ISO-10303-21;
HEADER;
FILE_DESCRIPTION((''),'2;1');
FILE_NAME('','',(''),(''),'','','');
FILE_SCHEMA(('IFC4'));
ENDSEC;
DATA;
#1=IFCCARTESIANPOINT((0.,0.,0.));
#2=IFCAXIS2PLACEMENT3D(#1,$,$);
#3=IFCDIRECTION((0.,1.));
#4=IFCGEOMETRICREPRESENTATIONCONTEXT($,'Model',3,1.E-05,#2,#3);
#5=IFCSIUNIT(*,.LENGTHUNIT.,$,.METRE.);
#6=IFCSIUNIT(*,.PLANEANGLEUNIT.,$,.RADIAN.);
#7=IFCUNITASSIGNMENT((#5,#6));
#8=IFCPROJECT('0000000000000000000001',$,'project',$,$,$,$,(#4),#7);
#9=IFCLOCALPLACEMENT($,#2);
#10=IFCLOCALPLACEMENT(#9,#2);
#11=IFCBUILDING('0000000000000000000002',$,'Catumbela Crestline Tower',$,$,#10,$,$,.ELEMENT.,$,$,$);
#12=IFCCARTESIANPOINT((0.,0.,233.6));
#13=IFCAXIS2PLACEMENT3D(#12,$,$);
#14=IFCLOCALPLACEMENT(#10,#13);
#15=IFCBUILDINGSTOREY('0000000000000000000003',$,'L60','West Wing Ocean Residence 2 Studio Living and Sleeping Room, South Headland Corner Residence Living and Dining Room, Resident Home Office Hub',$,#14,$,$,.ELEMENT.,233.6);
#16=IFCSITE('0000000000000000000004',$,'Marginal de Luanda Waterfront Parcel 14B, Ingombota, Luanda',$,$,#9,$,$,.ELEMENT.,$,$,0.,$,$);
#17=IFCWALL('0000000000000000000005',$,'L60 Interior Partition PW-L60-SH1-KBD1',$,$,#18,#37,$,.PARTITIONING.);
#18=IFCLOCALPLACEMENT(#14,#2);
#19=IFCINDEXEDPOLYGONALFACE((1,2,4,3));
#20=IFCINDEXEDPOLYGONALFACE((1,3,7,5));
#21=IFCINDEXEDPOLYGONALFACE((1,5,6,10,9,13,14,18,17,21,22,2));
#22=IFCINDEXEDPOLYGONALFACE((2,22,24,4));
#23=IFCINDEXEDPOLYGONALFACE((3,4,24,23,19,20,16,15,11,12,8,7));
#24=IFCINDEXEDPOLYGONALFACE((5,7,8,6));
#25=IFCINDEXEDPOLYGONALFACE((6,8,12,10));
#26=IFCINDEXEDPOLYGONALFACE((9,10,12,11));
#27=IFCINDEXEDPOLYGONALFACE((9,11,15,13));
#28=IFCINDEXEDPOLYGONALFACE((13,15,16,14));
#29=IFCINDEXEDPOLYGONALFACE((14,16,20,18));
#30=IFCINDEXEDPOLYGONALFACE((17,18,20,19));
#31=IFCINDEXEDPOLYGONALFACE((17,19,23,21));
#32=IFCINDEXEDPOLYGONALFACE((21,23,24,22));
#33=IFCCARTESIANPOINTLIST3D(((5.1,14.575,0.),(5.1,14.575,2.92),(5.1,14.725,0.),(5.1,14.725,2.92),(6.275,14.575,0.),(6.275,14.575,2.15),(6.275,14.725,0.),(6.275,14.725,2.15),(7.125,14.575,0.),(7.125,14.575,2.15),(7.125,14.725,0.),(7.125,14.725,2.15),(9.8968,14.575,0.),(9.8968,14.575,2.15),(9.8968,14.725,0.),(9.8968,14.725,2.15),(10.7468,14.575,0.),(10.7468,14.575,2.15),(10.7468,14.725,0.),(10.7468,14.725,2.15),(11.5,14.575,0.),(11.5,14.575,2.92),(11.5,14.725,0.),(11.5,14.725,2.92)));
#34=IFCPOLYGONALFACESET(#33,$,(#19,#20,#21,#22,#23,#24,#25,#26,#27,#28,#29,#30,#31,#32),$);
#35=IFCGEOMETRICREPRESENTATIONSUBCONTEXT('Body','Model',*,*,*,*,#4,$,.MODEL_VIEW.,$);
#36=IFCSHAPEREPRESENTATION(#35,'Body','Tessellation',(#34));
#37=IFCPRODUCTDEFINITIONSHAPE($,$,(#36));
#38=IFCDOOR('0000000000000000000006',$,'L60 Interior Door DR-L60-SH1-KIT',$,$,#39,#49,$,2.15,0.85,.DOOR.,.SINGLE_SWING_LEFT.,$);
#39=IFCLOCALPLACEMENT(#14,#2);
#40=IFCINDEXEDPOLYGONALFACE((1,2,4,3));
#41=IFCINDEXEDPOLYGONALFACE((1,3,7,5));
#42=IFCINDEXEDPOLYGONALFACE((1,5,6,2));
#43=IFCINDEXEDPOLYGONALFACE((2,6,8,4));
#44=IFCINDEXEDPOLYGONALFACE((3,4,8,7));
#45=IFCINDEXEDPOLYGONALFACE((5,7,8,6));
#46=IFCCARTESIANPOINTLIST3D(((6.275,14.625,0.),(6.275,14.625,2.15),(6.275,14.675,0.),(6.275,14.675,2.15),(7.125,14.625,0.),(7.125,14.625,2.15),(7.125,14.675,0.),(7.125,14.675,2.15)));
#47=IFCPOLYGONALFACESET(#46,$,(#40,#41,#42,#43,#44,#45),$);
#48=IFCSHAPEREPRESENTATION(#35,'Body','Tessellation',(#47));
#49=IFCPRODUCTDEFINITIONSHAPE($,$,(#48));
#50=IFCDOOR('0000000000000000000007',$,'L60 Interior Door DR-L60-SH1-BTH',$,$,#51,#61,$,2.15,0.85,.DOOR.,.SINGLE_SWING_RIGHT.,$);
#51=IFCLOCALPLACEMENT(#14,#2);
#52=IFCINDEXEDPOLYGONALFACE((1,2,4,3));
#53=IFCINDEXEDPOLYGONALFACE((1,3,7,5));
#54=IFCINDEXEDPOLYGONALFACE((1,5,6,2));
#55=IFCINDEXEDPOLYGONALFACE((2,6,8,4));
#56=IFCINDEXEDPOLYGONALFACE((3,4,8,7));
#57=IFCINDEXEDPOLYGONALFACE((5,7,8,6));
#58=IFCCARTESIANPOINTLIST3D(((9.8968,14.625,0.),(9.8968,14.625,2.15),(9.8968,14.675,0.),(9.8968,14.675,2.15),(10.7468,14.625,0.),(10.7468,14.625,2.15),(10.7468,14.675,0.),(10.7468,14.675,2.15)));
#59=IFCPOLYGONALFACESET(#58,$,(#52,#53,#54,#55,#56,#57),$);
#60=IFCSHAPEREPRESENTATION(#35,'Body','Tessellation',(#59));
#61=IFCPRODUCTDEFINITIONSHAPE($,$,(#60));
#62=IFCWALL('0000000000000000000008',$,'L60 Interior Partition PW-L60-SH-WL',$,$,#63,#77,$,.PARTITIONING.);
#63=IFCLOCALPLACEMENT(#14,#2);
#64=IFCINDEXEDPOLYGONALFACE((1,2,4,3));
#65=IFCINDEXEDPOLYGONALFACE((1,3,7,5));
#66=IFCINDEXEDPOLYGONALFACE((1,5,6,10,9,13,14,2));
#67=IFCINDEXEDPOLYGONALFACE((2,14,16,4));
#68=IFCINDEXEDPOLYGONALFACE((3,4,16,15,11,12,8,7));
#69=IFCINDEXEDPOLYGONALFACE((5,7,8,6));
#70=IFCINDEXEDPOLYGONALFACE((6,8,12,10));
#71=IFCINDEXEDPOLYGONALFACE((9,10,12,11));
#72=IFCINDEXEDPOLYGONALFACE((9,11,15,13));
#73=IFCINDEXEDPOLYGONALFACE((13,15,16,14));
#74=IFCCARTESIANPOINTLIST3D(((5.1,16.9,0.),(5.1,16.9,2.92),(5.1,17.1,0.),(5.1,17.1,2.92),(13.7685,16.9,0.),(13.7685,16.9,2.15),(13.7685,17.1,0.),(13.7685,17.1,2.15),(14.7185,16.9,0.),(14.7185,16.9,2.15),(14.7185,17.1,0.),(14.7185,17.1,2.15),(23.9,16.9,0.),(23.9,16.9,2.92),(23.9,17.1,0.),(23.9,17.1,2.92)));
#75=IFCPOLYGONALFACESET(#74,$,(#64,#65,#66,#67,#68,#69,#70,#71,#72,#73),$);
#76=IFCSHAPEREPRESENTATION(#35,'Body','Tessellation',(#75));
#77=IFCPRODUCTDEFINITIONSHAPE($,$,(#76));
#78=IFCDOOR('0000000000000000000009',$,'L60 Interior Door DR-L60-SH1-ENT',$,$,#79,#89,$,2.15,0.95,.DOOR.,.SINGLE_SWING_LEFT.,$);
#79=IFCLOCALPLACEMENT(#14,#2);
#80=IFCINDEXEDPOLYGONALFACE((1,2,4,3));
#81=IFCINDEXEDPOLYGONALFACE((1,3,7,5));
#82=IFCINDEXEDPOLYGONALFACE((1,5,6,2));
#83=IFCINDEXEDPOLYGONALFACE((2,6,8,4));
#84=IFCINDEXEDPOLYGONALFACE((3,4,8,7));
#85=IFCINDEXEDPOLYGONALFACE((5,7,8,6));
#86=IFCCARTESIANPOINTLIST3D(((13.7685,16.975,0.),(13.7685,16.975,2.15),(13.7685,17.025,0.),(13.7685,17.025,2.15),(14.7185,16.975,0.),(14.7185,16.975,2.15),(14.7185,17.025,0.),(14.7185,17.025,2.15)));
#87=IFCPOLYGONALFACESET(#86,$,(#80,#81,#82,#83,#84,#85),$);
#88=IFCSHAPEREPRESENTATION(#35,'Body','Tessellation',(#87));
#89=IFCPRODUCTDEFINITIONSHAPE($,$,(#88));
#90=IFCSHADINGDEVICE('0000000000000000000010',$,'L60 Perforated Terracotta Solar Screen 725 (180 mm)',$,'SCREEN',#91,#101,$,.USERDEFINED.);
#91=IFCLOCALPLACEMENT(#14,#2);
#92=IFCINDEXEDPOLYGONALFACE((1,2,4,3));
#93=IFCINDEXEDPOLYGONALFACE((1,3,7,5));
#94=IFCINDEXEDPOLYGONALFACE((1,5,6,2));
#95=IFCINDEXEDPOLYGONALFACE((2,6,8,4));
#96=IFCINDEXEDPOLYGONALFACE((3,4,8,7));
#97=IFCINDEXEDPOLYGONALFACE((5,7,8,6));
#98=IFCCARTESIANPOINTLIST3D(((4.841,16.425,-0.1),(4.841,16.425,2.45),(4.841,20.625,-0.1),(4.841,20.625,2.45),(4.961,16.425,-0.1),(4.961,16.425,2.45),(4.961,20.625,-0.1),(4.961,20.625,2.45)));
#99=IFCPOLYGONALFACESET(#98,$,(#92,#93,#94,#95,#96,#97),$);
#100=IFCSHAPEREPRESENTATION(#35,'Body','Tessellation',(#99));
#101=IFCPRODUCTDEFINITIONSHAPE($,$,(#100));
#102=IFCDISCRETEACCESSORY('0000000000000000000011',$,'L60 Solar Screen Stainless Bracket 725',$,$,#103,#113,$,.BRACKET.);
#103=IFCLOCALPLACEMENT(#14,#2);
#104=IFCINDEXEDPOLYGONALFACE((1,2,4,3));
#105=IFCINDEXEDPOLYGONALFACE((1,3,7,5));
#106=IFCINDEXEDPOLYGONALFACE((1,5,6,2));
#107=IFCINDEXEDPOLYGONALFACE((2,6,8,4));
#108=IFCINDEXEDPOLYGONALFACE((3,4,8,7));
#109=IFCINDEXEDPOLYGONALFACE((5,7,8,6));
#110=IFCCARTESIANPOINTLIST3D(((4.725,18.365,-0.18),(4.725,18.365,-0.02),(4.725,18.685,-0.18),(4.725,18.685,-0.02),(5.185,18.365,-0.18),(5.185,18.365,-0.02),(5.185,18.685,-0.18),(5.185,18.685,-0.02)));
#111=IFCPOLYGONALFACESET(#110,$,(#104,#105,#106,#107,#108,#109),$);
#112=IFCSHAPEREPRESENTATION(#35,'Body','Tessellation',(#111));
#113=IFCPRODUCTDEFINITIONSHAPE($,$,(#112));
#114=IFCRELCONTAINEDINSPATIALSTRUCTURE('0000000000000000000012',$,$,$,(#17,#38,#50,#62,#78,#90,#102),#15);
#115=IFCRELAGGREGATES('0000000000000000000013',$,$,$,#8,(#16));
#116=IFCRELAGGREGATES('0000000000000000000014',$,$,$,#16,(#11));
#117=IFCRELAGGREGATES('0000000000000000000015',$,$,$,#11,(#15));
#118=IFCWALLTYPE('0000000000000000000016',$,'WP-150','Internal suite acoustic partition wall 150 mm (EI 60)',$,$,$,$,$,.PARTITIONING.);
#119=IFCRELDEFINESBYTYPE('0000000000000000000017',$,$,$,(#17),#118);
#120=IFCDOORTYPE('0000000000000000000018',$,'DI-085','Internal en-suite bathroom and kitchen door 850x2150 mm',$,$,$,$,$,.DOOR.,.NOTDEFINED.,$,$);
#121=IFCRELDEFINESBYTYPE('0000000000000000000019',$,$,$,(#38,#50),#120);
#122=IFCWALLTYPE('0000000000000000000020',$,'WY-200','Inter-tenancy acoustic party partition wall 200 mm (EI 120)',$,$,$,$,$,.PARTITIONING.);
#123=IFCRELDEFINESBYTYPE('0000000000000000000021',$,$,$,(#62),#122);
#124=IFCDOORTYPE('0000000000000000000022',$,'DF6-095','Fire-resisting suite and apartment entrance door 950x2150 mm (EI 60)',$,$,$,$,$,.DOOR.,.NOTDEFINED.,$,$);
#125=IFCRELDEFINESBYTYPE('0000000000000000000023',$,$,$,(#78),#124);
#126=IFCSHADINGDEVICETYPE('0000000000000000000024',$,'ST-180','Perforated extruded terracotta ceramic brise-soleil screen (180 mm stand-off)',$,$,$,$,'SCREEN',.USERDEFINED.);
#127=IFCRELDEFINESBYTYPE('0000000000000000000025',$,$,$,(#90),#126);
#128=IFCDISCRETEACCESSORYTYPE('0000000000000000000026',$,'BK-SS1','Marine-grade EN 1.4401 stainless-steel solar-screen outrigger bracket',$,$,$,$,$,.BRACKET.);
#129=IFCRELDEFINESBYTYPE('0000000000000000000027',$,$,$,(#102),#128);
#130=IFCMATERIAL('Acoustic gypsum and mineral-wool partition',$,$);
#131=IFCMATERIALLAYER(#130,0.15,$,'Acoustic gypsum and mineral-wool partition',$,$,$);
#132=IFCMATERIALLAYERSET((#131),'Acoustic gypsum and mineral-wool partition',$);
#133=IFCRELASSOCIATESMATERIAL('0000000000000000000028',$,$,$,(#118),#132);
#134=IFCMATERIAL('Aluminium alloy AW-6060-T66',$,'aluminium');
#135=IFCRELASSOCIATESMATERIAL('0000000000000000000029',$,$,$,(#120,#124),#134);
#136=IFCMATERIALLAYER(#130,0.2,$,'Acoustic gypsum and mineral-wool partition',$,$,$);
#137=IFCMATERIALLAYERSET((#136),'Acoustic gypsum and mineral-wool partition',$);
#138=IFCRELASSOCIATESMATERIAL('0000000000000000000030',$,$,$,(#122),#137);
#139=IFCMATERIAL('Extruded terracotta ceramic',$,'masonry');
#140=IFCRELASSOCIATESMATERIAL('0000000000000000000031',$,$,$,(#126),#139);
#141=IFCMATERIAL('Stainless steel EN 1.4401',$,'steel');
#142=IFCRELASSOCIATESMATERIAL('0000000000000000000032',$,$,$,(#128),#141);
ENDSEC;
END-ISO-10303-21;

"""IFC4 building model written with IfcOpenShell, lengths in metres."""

from ifc_helpers import new_model, si_unit, direction, frame, frame_2d, origin, origin_2d, place, context, subcontext, project, spatial, rectangle, extrude, material, layer, layer_set, type_object, element, fill, save


model = new_model("IFC4")

# Units and contexts
model_context = context("Model", 3, precision=1e-05, world=origin(), true_north=direction((0.0, 1.0)))
body_context = subcontext(model_context, "Body", "Model", "MODEL_VIEW")
ifc_project = project(units=[si_unit("LENGTHUNIT", "METRE"), si_unit("PLANEANGLEUNIT", "RADIAN")], contexts=[model_context])

# Site, building, storey
site_placement = place(None, origin())
site = spatial("IfcSite", under=ifc_project, at=site_placement, Name="Marginal de Luanda Waterfront Parcel 14B, Ingombota, Luanda", CompositionType="ELEMENT", RefElevation=0.0)
building_placement = place(site_placement, origin())
building = spatial("IfcBuilding", under=site, at=building_placement, Name="Catumbela Crestline Tower", CompositionType="ELEMENT")
storey_placement = place(building_placement, frame((0.0, 0.0, 233.6)))
storey = spatial("IfcBuildingStorey", under=building, at=storey_placement, Name="L60", Description="West Wing Ocean Residence 2 Studio Living and Sleeping Room, South Headland Corner Residence Living and Dining Room, Resident Home Office Hub", CompositionType="ELEMENT", Elevation=233.6)

# Shared definitions
ifc_material_1 = material(Name="Aluminium alloy AW-6060-T66", Category="aluminium")

# Shared definitions
ifc_material_2 = material(Name="Acoustic gypsum and mineral-wool partition")
ifc_layer_1 = layer(ifc_material_2, 0.15, Name="Acoustic gypsum and mineral-wool partition")
ifc_layer_set_1 = layer_set([ifc_layer_1], Name="Acoustic gypsum and mineral-wool partition")
wall_type_1 = type_object("IfcWallType", Name="WP-150", Description="Internal suite acoustic partition wall 150 mm (EI 60)", PredefinedType="PARTITIONING", material=ifc_layer_set_1)

# Wall, openings, doors
wall_1_placement = place(storey_placement, frame((5.1, 14.65, 0.0), z_axis=(0.0, 0.0, 1.0), x_axis=(1.0, 0.0, 0.0)))
wall_1 = element("IfcWall", 1, at=wall_1_placement, inside=storey, type_object=wall_type_1, Name="L60 Interior Partition PW-L60-SH1-KBD1", PredefinedType="PARTITIONING", context=body_context, shape_type="SweptSolid", body=[
    extrude(rectangle(XDim=6.4, YDim=0.15, at=frame_2d((3.2, 0.0))), origin(), (0.0, 0.0, 1.0), 2.92),
])
opening_1_placement = place(wall_1_placement, frame((1.175, 0.0, 0.0)))
opening_1 = element("IfcOpeningElement", 2, at=opening_1_placement, cuts=wall_1, PredefinedType="OPENING", context=body_context, shape_type="SweptSolid", body=[
    extrude(rectangle(XDim=0.85, YDim=2.15, at=frame_2d((0.425, 1.075))), frame((0.0, 0.085, 0.0), z_axis=(0.0, -1.0, 0.0), x_axis=(1.0, 0.0, 0.0)), (0.0, 0.0, 1.0), 0.17),
])
opening_2_placement = place(wall_1_placement, frame((4.7968, 0.0, 0.0)))
opening_2 = element("IfcOpeningElement", 3, at=opening_2_placement, cuts=wall_1, PredefinedType="OPENING", context=body_context, shape_type="SweptSolid", body=[
    extrude(rectangle(XDim=0.85, YDim=2.15, at=frame_2d((0.425, 1.075))), frame((0.0, 0.085, 0.0), z_axis=(0.0, -1.0, 0.0), x_axis=(1.0, 0.0, 0.0)), (0.0, 0.0, 1.0), 0.17),
])
door_type_1 = type_object("IfcDoorType", Name="DI-085", Description="Internal en-suite bathroom and kitchen door 850x2150 mm", OperationType="NOTDEFINED", PredefinedType="DOOR", material=ifc_material_1)
door_1_placement = place(opening_1_placement, origin())
door_1 = element("IfcDoor", 4, at=door_1_placement, inside=storey, type_object=door_type_1, Name="L60 Interior Door DR-L60-SH1-KIT", OperationType="SINGLE_SWING_LEFT", OverallHeight=2.15, OverallWidth=0.85, PredefinedType="DOOR", context=body_context, shape_type="SweptSolid", body=[
    extrude(rectangle(XDim=0.85, YDim=2.15, at=frame_2d((0.425, 1.075))), frame((0.0, 0.025, 0.0), z_axis=(0.0, -1.0, 0.0), x_axis=(1.0, 0.0, 0.0)), (0.0, 0.0, 1.0), 0.05),
])
fill(opening_1, door_1)
door_2_placement = place(opening_2_placement, origin())
door_2 = element("IfcDoor", 5, at=door_2_placement, inside=storey, type_object=door_type_1, Name="L60 Interior Door DR-L60-SH1-BTH", OperationType="SINGLE_SWING_RIGHT", OverallHeight=2.15, OverallWidth=0.85, PredefinedType="DOOR", context=body_context, shape_type="SweptSolid", body=[
    extrude(rectangle(XDim=0.85, YDim=2.15, at=frame_2d((0.425, 1.075))), frame((0.0, 0.025, 0.0), z_axis=(0.0, -1.0, 0.0), x_axis=(1.0, 0.0, 0.0)), (0.0, 0.0, 1.0), 0.05),
])
fill(opening_2, door_2)

# Wall, opening, door
ifc_layer_2 = layer(ifc_material_2, 0.2, Name="Acoustic gypsum and mineral-wool partition")
ifc_layer_set_2 = layer_set([ifc_layer_2], Name="Acoustic gypsum and mineral-wool partition")
wall_type_2 = type_object("IfcWallType", Name="WY-200", Description="Inter-tenancy acoustic party partition wall 200 mm (EI 120)", PredefinedType="PARTITIONING", material=ifc_layer_set_2)
wall_2_placement = place(storey_placement, frame((5.1, 17.0, 0.0), z_axis=(0.0, 0.0, 1.0), x_axis=(1.0, 0.0, 0.0)))
wall_2 = element("IfcWall", 6, at=wall_2_placement, inside=storey, type_object=wall_type_2, Name="L60 Interior Partition PW-L60-SH-WL", PredefinedType="PARTITIONING", context=body_context, shape_type="SweptSolid", body=[
    extrude(rectangle(XDim=18.8, YDim=0.2, at=frame_2d((9.4, 0.0))), origin(), (0.0, 0.0, 1.0), 2.92),
])
opening_3_placement = place(wall_2_placement, frame((8.6685, 0.0, 0.0)))
opening_3 = element("IfcOpeningElement", 7, at=opening_3_placement, cuts=wall_2, PredefinedType="OPENING", context=body_context, shape_type="SweptSolid", body=[
    extrude(rectangle(XDim=0.95, YDim=2.15, at=frame_2d((0.475, 1.075))), frame((0.0, 0.11, 0.0), z_axis=(0.0, -1.0, 0.0), x_axis=(1.0, 0.0, 0.0)), (0.0, 0.0, 1.0), 0.22),
])
door_type_2 = type_object("IfcDoorType", Name="DF6-095", Description="Fire-resisting suite and apartment entrance door 950x2150 mm (EI 60)", OperationType="NOTDEFINED", PredefinedType="DOOR", material=ifc_material_1)
door_3_placement = place(opening_3_placement, origin())
door_3 = element("IfcDoor", 8, at=door_3_placement, inside=storey, type_object=door_type_2, Name="L60 Interior Door DR-L60-SH1-ENT", OperationType="SINGLE_SWING_LEFT", OverallHeight=2.15, OverallWidth=0.95, PredefinedType="DOOR", context=body_context, shape_type="SweptSolid", body=[
    extrude(rectangle(XDim=0.95, YDim=2.15, at=frame_2d((0.475, 1.075))), frame((0.0, 0.025, 0.0), z_axis=(0.0, -1.0, 0.0), x_axis=(1.0, 0.0, 0.0)), (0.0, 0.0, 1.0), 0.05),
])
fill(opening_3, door_3)

# Shading device
ifc_material_3 = material(Name="Extruded terracotta ceramic", Category="masonry")
shading_device_type = type_object("IfcShadingDeviceType", Name="ST-180", Description="Perforated extruded terracotta ceramic brise-soleil screen (180 mm stand-off)", ElementType="SCREEN", PredefinedType="USERDEFINED", material=ifc_material_3)
shading_device_placement = place(storey_placement, frame((4.901, 18.525, -0.1), z_axis=(0.0, 0.0, 1.0), x_axis=(0.0, -1.0, 0.0)))
element("IfcShadingDevice", 9, at=shading_device_placement, inside=storey, type_object=shading_device_type, Name="L60 Perforated Terracotta Solar Screen 725 (180 mm)", ObjectType="SCREEN", PredefinedType="USERDEFINED", context=body_context, shape_type="SweptSolid", body=[
    extrude(rectangle(XDim=4.2, YDim=0.12, at=origin_2d()), origin(), (0.0, 0.0, 1.0), 2.55),
])

# Discrete accessory
ifc_material_4 = material(Name="Stainless steel EN 1.4401", Category="steel")
discrete_accessory_type = type_object("IfcDiscreteAccessoryType", Name="BK-SS1", Description="Marine-grade EN 1.4401 stainless-steel solar-screen outrigger bracket", PredefinedType="BRACKET", material=ifc_material_4)
discrete_accessory_placement = place(storey_placement, frame((4.955, 18.525, -0.18), z_axis=(0.0, 0.0, 1.0), x_axis=(0.0, -1.0, 0.0)))
element("IfcDiscreteAccessory", 10, at=discrete_accessory_placement, inside=storey, type_object=discrete_accessory_type, Name="L60 Solar Screen Stainless Bracket 725", PredefinedType="BRACKET", context=body_context, shape_type="SweptSolid", body=[
    extrude(rectangle(XDim=0.32, YDim=0.46, at=origin_2d()), origin(), (0.0, 0.0, 1.0), 0.16),
])

save(model, "model.ifc")
